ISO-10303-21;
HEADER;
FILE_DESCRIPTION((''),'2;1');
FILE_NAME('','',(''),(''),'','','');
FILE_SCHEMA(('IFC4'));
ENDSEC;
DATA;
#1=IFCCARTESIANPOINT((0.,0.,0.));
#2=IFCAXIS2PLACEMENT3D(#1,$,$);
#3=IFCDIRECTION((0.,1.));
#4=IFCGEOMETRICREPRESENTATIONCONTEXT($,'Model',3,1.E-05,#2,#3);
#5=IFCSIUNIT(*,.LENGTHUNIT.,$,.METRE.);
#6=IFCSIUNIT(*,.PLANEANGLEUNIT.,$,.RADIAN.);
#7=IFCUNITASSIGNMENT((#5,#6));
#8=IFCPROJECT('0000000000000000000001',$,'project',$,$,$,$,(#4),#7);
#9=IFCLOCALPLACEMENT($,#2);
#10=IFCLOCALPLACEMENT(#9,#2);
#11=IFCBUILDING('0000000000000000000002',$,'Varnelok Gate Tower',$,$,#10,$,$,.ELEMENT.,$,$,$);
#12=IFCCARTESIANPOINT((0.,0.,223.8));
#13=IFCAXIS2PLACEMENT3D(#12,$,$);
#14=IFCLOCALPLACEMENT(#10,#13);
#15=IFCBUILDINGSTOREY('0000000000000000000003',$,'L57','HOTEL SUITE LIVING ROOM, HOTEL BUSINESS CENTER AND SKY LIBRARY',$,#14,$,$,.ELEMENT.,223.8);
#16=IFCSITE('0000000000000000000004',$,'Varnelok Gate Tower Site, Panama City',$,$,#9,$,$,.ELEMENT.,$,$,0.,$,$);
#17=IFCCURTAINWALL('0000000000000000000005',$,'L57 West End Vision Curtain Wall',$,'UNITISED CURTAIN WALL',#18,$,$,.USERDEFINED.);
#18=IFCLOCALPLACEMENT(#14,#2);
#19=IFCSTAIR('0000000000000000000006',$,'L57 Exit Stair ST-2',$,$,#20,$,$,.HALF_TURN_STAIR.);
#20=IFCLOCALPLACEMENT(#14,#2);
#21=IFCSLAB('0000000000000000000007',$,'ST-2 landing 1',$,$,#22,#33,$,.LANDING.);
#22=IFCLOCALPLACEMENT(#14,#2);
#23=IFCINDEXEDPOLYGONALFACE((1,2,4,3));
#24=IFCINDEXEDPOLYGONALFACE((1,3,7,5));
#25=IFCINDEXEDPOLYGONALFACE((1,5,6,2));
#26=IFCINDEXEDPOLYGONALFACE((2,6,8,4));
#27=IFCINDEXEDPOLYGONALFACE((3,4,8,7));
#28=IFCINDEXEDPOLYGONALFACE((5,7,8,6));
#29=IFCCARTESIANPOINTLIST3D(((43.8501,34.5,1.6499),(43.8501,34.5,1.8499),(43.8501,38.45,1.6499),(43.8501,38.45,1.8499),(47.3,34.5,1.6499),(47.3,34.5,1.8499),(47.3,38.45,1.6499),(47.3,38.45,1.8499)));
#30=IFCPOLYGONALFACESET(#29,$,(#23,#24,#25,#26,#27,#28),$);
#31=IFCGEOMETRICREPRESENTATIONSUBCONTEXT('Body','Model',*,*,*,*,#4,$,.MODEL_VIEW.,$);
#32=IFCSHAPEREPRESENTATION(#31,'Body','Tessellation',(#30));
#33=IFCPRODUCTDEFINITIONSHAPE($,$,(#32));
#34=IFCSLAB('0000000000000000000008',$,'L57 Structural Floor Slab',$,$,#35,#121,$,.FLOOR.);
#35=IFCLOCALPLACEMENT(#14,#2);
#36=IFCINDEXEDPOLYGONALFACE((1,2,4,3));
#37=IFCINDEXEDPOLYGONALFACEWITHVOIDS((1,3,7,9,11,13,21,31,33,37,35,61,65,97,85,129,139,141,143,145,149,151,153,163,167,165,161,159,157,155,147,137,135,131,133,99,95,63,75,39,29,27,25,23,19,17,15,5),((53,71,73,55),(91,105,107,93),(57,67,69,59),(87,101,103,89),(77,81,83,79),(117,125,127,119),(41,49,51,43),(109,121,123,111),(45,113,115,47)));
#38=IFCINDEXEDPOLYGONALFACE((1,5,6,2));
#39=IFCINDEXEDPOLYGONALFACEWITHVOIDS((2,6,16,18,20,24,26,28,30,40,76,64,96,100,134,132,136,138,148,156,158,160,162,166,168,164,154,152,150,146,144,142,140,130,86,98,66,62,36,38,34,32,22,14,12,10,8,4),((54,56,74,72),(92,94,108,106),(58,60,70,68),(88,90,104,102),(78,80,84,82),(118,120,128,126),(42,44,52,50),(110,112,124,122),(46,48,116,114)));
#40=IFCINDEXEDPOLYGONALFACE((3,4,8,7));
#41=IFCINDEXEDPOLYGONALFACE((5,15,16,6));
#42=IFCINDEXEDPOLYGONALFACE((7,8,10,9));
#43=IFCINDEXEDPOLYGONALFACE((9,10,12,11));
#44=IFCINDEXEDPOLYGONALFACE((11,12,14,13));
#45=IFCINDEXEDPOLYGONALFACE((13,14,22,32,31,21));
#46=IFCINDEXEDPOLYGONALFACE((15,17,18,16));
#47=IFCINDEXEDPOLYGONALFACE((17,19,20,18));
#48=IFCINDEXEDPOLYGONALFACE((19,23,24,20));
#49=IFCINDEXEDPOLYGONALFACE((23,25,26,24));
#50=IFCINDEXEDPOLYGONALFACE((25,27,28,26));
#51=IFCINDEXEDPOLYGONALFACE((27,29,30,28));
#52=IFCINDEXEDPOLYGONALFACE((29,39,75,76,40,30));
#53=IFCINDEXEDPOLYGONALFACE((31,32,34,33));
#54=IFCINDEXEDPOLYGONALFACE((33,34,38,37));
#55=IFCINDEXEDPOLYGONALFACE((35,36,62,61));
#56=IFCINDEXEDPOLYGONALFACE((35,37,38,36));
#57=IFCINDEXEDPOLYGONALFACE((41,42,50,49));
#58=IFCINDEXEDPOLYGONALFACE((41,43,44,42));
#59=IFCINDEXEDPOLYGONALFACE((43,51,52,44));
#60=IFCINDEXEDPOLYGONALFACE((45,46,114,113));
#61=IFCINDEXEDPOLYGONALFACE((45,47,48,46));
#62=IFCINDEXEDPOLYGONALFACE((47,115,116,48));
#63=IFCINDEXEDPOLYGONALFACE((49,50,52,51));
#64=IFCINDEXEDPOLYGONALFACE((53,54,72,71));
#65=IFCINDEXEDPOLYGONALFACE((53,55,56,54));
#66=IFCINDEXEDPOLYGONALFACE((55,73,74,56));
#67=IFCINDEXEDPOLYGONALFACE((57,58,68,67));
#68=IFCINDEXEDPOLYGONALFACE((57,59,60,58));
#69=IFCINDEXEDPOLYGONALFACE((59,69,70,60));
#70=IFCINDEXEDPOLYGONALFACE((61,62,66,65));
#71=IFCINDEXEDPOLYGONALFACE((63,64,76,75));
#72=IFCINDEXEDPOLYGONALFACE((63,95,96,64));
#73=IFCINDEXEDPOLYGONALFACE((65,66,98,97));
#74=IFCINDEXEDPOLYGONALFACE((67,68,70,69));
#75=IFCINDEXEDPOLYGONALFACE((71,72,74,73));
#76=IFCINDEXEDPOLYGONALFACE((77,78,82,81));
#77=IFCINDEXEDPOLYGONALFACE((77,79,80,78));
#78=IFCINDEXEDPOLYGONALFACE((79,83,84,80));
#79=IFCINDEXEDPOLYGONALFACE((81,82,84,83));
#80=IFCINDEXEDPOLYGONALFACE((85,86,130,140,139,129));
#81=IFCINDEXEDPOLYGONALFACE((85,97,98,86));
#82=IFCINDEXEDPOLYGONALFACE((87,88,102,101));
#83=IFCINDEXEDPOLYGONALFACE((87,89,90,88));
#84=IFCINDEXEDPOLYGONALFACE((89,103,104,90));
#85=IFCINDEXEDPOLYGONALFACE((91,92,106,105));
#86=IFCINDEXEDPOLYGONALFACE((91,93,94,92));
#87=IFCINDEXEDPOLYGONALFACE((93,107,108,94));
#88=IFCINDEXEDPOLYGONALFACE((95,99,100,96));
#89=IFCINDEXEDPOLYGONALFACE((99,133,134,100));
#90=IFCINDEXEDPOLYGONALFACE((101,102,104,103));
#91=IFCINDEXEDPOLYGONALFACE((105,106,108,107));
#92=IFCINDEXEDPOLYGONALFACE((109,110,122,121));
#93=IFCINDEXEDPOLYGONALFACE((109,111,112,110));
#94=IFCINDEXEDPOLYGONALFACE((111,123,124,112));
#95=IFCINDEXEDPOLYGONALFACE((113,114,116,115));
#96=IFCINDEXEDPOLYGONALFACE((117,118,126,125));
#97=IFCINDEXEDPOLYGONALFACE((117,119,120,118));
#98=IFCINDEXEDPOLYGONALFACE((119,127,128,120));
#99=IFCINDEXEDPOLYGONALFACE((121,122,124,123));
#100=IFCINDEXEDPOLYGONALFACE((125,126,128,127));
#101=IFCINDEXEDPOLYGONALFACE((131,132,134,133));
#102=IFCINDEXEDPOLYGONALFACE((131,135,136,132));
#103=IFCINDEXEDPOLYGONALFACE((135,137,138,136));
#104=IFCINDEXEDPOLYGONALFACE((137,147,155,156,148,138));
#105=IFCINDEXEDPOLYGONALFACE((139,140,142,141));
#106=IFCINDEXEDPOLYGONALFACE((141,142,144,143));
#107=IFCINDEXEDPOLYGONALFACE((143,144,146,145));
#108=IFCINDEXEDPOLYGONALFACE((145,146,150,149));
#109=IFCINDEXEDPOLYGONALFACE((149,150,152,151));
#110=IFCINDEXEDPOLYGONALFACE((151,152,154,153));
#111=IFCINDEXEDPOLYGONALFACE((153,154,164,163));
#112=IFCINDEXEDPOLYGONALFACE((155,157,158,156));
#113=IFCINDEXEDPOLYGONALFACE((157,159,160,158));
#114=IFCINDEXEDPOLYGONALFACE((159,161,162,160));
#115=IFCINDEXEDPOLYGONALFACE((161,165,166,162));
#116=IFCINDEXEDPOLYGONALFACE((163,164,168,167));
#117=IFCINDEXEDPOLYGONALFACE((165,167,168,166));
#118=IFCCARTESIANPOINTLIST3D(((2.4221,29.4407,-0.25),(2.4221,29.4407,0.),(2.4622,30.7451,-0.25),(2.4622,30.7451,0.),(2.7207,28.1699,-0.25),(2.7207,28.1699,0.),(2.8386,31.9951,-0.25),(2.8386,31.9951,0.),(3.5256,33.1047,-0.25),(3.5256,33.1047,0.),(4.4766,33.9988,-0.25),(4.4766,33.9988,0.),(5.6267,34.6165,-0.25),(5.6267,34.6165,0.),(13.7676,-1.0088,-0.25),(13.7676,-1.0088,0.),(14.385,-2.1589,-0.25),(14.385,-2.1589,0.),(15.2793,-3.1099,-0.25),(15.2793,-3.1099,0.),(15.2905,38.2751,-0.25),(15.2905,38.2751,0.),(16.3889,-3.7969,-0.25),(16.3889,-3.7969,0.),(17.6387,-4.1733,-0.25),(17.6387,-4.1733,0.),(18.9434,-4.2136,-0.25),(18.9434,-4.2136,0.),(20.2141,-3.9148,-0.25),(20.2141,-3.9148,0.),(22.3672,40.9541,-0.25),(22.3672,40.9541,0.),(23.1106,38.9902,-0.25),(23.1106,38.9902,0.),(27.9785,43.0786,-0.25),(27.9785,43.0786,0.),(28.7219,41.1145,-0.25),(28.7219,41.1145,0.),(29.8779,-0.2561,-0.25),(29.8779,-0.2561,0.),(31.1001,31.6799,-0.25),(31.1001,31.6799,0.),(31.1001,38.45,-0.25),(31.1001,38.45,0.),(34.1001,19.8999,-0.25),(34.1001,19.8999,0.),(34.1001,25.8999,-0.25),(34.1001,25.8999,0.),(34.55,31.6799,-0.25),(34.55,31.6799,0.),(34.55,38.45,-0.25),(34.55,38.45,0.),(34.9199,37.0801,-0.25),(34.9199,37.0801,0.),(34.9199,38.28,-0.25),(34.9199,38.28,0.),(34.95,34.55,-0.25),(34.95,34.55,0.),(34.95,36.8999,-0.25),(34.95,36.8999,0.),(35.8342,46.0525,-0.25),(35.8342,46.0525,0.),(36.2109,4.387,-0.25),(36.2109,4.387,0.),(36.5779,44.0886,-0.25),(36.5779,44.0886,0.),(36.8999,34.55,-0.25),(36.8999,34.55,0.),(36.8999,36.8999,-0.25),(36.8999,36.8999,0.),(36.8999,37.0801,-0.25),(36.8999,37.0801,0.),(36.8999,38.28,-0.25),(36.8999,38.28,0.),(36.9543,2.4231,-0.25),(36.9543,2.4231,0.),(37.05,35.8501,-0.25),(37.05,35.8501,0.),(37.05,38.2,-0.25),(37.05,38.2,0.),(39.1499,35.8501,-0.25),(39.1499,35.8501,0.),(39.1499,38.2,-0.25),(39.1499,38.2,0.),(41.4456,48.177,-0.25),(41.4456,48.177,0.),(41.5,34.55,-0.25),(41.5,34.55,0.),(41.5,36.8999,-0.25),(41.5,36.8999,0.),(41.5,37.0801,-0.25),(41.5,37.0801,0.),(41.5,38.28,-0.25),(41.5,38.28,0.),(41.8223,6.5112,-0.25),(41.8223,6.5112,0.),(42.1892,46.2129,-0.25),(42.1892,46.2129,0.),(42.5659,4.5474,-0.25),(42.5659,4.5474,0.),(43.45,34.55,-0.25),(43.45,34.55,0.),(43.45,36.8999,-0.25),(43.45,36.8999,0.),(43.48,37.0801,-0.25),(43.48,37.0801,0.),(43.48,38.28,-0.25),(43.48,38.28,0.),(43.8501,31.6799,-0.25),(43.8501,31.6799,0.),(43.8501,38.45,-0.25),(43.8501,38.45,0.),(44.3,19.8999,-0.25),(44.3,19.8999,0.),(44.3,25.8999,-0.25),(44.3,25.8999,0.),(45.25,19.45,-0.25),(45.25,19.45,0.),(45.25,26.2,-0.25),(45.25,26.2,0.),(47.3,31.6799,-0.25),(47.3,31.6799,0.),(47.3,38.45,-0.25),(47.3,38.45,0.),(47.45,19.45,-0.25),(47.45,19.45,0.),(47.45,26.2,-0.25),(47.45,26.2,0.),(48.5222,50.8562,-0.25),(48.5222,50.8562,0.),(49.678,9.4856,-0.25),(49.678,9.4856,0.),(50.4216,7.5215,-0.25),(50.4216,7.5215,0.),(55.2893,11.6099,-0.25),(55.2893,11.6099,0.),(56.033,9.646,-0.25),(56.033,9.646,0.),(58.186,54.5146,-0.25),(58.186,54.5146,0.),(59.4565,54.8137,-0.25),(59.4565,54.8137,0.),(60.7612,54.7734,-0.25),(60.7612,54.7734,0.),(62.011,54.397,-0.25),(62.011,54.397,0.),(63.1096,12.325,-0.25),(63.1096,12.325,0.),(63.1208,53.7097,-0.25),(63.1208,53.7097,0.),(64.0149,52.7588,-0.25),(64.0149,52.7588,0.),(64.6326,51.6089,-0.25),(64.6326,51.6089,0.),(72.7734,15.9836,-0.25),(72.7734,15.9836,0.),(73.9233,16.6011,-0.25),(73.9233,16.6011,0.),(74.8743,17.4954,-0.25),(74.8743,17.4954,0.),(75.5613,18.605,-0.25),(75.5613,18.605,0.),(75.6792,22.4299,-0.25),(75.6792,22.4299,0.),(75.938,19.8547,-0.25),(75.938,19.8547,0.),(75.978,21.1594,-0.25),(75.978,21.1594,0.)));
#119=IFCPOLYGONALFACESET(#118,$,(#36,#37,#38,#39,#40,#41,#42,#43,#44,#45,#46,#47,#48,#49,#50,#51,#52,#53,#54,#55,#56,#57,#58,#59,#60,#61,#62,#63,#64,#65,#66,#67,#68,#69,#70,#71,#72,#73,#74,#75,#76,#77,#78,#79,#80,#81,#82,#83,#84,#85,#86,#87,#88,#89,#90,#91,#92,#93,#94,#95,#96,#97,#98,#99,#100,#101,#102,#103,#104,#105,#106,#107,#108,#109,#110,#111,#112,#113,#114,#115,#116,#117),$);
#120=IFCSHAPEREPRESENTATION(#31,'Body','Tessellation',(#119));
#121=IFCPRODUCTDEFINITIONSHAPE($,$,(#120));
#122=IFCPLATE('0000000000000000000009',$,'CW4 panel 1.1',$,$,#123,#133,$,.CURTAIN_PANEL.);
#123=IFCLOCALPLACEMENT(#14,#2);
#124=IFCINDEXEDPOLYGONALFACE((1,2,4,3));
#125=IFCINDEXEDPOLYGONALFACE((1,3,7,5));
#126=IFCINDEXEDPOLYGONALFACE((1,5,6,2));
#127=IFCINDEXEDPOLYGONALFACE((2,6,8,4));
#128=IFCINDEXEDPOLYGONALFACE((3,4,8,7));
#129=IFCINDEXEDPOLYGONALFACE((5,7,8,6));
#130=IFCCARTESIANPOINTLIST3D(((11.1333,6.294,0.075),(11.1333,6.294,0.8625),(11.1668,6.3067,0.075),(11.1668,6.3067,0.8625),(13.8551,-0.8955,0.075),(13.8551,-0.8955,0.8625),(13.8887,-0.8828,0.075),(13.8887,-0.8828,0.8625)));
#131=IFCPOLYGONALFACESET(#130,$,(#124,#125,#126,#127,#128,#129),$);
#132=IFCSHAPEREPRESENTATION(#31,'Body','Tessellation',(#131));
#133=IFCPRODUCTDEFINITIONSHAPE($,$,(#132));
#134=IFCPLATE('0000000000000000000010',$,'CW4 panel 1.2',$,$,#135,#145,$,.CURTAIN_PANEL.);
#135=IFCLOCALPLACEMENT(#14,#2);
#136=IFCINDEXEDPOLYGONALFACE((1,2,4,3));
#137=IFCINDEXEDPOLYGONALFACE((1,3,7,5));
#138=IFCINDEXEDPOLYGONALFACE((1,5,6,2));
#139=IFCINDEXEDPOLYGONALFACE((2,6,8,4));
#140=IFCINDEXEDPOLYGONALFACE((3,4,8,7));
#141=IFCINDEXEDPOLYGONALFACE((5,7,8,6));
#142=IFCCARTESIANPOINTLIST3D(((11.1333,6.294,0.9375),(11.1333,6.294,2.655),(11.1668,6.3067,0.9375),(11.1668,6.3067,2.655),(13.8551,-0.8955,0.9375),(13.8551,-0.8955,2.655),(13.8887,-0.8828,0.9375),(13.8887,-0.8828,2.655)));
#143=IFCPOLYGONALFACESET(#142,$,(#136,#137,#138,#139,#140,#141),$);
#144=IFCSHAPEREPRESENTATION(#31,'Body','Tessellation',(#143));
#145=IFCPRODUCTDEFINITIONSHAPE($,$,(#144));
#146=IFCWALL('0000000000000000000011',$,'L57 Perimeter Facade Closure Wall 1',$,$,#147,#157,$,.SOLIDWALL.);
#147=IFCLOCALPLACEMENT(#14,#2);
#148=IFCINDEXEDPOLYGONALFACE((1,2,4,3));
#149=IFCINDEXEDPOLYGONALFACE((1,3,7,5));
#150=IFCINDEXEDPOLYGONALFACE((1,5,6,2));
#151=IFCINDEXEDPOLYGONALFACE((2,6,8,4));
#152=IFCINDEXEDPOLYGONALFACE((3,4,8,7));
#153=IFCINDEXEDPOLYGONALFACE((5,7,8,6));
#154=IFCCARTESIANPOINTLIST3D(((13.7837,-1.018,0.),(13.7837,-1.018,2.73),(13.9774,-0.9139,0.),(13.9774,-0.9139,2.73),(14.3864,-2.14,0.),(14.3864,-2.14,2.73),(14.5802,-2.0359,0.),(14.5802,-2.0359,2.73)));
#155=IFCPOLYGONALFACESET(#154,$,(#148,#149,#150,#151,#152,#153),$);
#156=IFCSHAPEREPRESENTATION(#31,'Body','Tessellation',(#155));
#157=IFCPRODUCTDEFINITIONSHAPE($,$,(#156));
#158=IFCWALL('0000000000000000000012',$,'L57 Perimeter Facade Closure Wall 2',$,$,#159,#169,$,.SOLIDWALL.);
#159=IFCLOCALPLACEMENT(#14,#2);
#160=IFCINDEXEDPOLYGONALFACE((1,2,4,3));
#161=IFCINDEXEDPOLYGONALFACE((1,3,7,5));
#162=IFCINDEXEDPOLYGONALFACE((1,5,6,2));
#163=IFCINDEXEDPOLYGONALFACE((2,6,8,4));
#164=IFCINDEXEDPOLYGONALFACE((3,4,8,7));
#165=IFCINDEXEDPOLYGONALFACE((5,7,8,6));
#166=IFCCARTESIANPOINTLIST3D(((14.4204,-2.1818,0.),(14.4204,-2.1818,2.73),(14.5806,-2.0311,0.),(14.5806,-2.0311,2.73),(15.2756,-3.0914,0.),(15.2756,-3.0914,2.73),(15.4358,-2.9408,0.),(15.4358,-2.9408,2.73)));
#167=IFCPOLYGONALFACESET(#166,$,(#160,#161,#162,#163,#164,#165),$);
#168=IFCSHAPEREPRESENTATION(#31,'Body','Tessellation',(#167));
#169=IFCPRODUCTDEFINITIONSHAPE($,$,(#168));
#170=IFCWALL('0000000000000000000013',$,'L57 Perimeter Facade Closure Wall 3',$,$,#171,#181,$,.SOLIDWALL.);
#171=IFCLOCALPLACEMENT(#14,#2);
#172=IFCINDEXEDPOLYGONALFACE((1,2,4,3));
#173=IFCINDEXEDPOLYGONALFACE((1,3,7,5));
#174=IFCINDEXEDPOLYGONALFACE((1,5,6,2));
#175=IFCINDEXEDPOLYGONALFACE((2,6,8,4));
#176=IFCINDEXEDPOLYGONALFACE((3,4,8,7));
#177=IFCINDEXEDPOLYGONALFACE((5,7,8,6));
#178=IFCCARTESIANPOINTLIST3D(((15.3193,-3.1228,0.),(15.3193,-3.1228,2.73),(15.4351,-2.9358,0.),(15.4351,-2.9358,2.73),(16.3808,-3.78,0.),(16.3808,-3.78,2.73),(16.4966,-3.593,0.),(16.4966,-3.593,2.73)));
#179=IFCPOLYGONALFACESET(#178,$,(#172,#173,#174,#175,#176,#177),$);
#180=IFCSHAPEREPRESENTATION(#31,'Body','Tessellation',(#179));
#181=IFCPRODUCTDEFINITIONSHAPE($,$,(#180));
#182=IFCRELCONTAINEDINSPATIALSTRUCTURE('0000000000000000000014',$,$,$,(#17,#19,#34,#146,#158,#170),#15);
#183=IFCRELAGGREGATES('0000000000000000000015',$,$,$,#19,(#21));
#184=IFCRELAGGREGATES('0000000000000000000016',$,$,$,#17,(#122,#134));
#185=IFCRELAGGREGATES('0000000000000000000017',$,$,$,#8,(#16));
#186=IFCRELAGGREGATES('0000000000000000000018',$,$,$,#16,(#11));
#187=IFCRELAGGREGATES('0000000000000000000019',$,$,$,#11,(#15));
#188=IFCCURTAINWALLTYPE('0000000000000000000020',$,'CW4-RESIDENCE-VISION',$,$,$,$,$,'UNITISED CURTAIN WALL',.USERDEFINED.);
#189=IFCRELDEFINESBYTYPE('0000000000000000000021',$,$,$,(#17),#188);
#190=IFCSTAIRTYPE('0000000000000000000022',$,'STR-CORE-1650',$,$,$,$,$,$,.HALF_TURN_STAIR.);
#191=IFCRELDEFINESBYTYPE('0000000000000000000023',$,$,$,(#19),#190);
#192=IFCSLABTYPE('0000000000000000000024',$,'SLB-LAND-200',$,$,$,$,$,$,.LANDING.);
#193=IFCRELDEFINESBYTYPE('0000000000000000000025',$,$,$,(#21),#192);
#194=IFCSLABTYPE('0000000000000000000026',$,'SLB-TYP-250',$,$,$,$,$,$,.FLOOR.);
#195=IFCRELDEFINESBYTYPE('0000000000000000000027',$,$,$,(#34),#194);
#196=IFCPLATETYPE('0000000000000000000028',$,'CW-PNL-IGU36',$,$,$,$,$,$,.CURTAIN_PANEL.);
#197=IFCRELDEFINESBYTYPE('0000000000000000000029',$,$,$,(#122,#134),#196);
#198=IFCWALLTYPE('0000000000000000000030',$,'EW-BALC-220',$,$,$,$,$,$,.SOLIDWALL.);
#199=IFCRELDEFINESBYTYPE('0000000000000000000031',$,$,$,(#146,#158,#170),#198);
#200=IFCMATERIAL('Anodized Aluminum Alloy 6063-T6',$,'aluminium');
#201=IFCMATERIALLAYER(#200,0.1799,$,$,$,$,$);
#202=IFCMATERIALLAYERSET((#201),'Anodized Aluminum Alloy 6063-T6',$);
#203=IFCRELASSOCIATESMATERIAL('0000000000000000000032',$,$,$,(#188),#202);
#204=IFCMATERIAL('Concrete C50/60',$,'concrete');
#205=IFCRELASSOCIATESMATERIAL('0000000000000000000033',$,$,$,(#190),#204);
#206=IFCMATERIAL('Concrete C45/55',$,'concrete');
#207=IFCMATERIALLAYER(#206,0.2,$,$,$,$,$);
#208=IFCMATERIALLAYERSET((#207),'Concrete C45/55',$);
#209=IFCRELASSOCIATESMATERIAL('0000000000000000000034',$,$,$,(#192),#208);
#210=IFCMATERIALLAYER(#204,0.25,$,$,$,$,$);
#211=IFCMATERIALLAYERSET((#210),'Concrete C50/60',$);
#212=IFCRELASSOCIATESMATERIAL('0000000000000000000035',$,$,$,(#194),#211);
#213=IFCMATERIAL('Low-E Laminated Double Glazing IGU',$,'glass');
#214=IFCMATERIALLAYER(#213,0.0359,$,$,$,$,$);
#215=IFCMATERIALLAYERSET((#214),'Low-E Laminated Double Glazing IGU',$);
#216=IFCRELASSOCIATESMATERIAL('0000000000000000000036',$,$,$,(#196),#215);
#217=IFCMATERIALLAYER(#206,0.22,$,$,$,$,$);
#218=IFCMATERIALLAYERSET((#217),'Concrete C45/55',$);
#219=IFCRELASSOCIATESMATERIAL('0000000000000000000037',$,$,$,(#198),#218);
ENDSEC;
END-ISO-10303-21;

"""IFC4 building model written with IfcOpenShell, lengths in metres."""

from ifc_helpers import new_model, si_unit, direction, frame, frame_2d, origin, origin_2d, place, context, subcontext, project, spatial, polyline, rectangle, outline, extrude, source, transform, mapped, material, layer, layer_set, type_object, element, aggregate, save


model = new_model("IFC4")

# Units and contexts
model_context = context("Model", 3, precision=1e-05, world=origin(), true_north=direction((0.0, 1.0)))
body_context = subcontext(model_context, "Body", "Model", "MODEL_VIEW")
ifc_project = project(units=[si_unit("LENGTHUNIT", "METRE"), si_unit("PLANEANGLEUNIT", "RADIAN")], contexts=[model_context])

# Site, building, storey
site_placement = place(None, origin())
site = spatial("IfcSite", under=ifc_project, at=site_placement, Name="Varnelok Gate Tower Site, Panama City", CompositionType="ELEMENT", RefElevation=0.0)
building_placement = place(site_placement, origin())
building = spatial("IfcBuilding", under=site, at=building_placement, Name="Varnelok Gate Tower", CompositionType="ELEMENT")
storey_placement = place(building_placement, frame((0.0, 0.0, 223.8)))
storey = spatial("IfcBuildingStorey", under=building, at=storey_placement, Name="L57", Description="HOTEL SUITE LIVING ROOM, HOTEL BUSINESS CENTER AND SKY LIBRARY", CompositionType="ELEMENT", Elevation=223.8)

# Curtain wall
ifc_material_1 = material(Name="Anodized Aluminum Alloy 6063-T6", Category="aluminium")
ifc_layer_1 = layer(ifc_material_1, 0.1799)
ifc_layer_set_1 = layer_set([ifc_layer_1], Name="Anodized Aluminum Alloy 6063-T6")
curtain_wall_type = type_object("IfcCurtainWallType", Name="CW4-RESIDENCE-VISION", ElementType="UNITISED CURTAIN WALL", PredefinedType="USERDEFINED", material=ifc_layer_set_1)
curtain_wall_placement = place(storey_placement, origin())
curtain_wall = element("IfcCurtainWall", 1, at=curtain_wall_placement, inside=storey, type_object=curtain_wall_type, Name="L57 West End Vision Curtain Wall", ObjectType="UNITISED CURTAIN WALL", PredefinedType="USERDEFINED")

# Shared definitions
ifc_material_2 = material(Name="Concrete C45/55", Category="concrete")

# Stair, slab
ifc_material_3 = material(Name="Concrete C50/60", Category="concrete")
stair_type = type_object("IfcStairType", Name="STR-CORE-1650", PredefinedType="HALF_TURN_STAIR", material=ifc_material_3)
ifc_layer_2 = layer(ifc_material_2, 0.2)
ifc_layer_set_2 = layer_set([ifc_layer_2], Name="Concrete C45/55")
slab_type_1 = type_object("IfcSlabType", Name="SLB-LAND-200", PredefinedType="LANDING", material=ifc_layer_set_2)
stair_1_placement = place(storey_placement, origin())
stair_1 = element("IfcStair", 2, at=stair_1_placement, inside=storey, type_object=stair_type, Name="L57 Exit Stair ST-2", PredefinedType="HALF_TURN_STAIR")
slab_1_placement = place(storey_placement, frame((0.0, 0.0, 1.6499)))
slab_1 = element("IfcSlab", 3, at=slab_1_placement, type_object=slab_type_1, Name="ST-2 landing 1", PredefinedType="LANDING", context=body_context, shape_type="SweptSolid", body=[
    extrude(outline(polyline([(47.3, 34.5), (47.3, 38.45), (43.8501, 38.45), (43.8501, 34.5), (47.3, 34.5)])), origin(), (0.0, 0.0, 1.0), 0.2),
])
aggregate(stair_1, [slab_1])

# Slab
ifc_layer_3 = layer(ifc_material_3, 0.25)
ifc_layer_set_3 = layer_set([ifc_layer_3], Name="Concrete C50/60")
slab_type_2 = type_object("IfcSlabType", Name="SLB-TYP-250", PredefinedType="FLOOR", material=ifc_layer_set_3)
slab_2_placement = place(storey_placement, frame((0.0, 0.0, -0.25)))
element("IfcSlab", 4, at=slab_2_placement, inside=storey, type_object=slab_type_2, Name="L57 Structural Floor Slab", PredefinedType="FLOOR", context=body_context, shape_type="SweptSolid", body=[
    extrude(outline(polyline([(13.7676, -1.0088), (14.385, -2.1589), (15.2793, -3.1099), (16.3889, -3.7969), (17.6387, -4.1733), (18.9434, -4.2136), (20.2141, -3.9148), (29.8779, -0.2561), (36.9543, 2.4231), (36.2109, 4.387), (41.8223, 6.5112), (42.5659, 4.5474), (50.4216, 7.5215), (49.678, 9.4856), (55.2893, 11.6099), (56.033, 9.646), (63.1096, 12.325), (72.7734, 15.9836), (73.9233, 16.6011), (74.8743, 17.4954), (75.5613, 18.605), (75.938, 19.8547), (75.978, 21.1594), (75.6792, 22.4299), (64.6326, 51.6089), (64.0149, 52.7588), (63.1208, 53.7097), (62.011, 54.397), (60.7612, 54.7734), (59.4565, 54.8137), (58.186, 54.5146), (48.5222, 50.8562), (41.4456, 48.177), (42.1892, 46.2129), (36.5779, 44.0886), (35.8342, 46.0525), (27.9785, 43.0786), (28.7219, 41.1145), (23.1106, 38.9902), (22.3672, 40.9541), (15.2905, 38.2751), (5.6267, 34.6165), (4.4766, 33.9988), (3.5256, 33.1047), (2.8386, 31.9951), (2.4622, 30.7451), (2.4221, 29.4407), (2.7207, 28.1699), (13.7676, -1.0088)]), holes=[polyline([(34.55, 31.6799), (34.55, 38.45), (31.1001, 38.45), (31.1001, 31.6799), (34.55, 31.6799)]), polyline([(47.3, 31.6799), (47.3, 38.45), (43.8501, 38.45), (43.8501, 31.6799), (47.3, 31.6799)]), polyline([(34.95, 34.55), (36.8999, 34.55), (36.8999, 36.8999), (34.95, 36.8999), (34.95, 34.55)]), polyline([(41.5, 34.55), (43.45, 34.55), (43.45, 36.8999), (41.5, 36.8999), (41.5, 34.55)]), polyline([(37.05, 35.8501), (39.1499, 35.8501), (39.1499, 38.2), (37.05, 38.2), (37.05, 35.8501)]), polyline([(45.25, 19.45), (47.45, 19.45), (47.45, 26.2), (45.25, 26.2), (45.25, 19.45)]), polyline([(34.9199, 37.0801), (36.8999, 37.0801), (36.8999, 38.28), (34.9199, 38.28), (34.9199, 37.0801)]), polyline([(41.5, 37.0801), (43.48, 37.0801), (43.48, 38.28), (41.5, 38.28), (41.5, 37.0801)]), polyline([(34.1001, 19.8999), (44.3, 19.8999), (44.3, 25.8999), (34.1001, 25.8999), (34.1001, 19.8999)])]), origin(), (0.0, 0.0, 1.0), 0.25),
])

# Plates
ifc_material_4 = material(Name="Low-E Laminated Double Glazing IGU", Category="glass")
ifc_layer_4 = layer(ifc_material_4, 0.0359)
ifc_layer_set_4 = layer_set([ifc_layer_4], Name="Low-E Laminated Double Glazing IGU")
plate_type = type_object("IfcPlateType", Name="CW-PNL-IGU36", PredefinedType="CURTAIN_PANEL", material=ifc_layer_set_4)
shared_shape_1 = source(origin(), body_context, "Body", "SweptSolid", [
    extrude(rectangle(XDim=7.6875, YDim=0.0359, at=origin_2d()), origin(), (0.0, 0.0, 1.0), 0.7876),
])
plate_1_placement = place(storey_placement, frame((12.511, 2.7056, 0.075), z_axis=(0.0, 0.0, 1.0), x_axis=(-0.354063, 0.935222, 0.0)))
plate_1 = element("IfcPlate", 5, at=plate_1_placement, type_object=plate_type, Name="CW4 panel 1.1", PredefinedType="CURTAIN_PANEL", context=body_context, shape_type="MappedRepresentation", body=[
    mapped(shared_shape_1, transform((0.0, 0.0, 0.0), scale=1.0)),
])
shared_shape_2 = source(origin(), body_context, "Body", "SweptSolid", [
    extrude(rectangle(XDim=7.6875, YDim=0.0359, at=origin_2d()), origin(), (0.0, 0.0, 1.0), 1.7175),
])
plate_2_placement = place(storey_placement, frame((12.511, 2.7056, 0.9375), z_axis=(0.0, 0.0, 1.0), x_axis=(-0.354063, 0.935222, 0.0)))
plate_2 = element("IfcPlate", 6, at=plate_2_placement, type_object=plate_type, Name="CW4 panel 1.2", PredefinedType="CURTAIN_PANEL", context=body_context, shape_type="MappedRepresentation", body=[
    mapped(shared_shape_2, transform((0.0, 0.0, 0.0), scale=1.0)),
])
aggregate(curtain_wall, [plate_1, plate_2])

# Walls
ifc_layer_5 = layer(ifc_material_2, 0.22)
ifc_layer_set_5 = layer_set([ifc_layer_5], Name="Concrete C45/55")
wall_type = type_object("IfcWallType", Name="EW-BALC-220", PredefinedType="SOLIDWALL", material=ifc_layer_set_5)
wall_placement = place(storey_placement, frame((13.8806, -0.9661, 0.0), z_axis=(0.0, 0.0, 1.0), x_axis=(0.473242, -0.880932, 0.0)))
element("IfcWall", 7, at=wall_placement, inside=storey, type_object=wall_type, Name="L57 Perimeter Facade Closure Wall 1", PredefinedType="SOLIDWALL", context=body_context, shape_type="SweptSolid", body=[
    extrude(rectangle(XDim=1.2737, YDim=0.22, at=frame_2d((0.6367, 0.0))), origin(), (0.0, 0.0, 1.0), 2.73),
])
for number, where, z_axis, x_axis, name in (
    (8, (14.5005, -2.1064, 0.0), (0.0, 0.0, 1.0), (0.684968, -0.728573, 0.0), "L57 Perimeter Facade Closure Wall 2"),
    (9, (15.3772, -3.0293, 0.0), (0.0, 0.0, 1.0), (0.850232, -0.526408, 0.0), "L57 Perimeter Facade Closure Wall 3"),
):
    element("IfcWall", number, at=place(storey_placement, frame(where, z_axis=z_axis, x_axis=x_axis)), inside=storey, type_object=wall_type, Name=name, PredefinedType="SOLIDWALL", context=body_context, shape_type="SweptSolid", body=[
        extrude(rectangle(XDim=1.2485, YDim=0.22, at=frame_2d((0.6243, 0.0))), origin(), (0.0, 0.0, 1.0), 2.73),
    ])

save(model, "model.ifc")
